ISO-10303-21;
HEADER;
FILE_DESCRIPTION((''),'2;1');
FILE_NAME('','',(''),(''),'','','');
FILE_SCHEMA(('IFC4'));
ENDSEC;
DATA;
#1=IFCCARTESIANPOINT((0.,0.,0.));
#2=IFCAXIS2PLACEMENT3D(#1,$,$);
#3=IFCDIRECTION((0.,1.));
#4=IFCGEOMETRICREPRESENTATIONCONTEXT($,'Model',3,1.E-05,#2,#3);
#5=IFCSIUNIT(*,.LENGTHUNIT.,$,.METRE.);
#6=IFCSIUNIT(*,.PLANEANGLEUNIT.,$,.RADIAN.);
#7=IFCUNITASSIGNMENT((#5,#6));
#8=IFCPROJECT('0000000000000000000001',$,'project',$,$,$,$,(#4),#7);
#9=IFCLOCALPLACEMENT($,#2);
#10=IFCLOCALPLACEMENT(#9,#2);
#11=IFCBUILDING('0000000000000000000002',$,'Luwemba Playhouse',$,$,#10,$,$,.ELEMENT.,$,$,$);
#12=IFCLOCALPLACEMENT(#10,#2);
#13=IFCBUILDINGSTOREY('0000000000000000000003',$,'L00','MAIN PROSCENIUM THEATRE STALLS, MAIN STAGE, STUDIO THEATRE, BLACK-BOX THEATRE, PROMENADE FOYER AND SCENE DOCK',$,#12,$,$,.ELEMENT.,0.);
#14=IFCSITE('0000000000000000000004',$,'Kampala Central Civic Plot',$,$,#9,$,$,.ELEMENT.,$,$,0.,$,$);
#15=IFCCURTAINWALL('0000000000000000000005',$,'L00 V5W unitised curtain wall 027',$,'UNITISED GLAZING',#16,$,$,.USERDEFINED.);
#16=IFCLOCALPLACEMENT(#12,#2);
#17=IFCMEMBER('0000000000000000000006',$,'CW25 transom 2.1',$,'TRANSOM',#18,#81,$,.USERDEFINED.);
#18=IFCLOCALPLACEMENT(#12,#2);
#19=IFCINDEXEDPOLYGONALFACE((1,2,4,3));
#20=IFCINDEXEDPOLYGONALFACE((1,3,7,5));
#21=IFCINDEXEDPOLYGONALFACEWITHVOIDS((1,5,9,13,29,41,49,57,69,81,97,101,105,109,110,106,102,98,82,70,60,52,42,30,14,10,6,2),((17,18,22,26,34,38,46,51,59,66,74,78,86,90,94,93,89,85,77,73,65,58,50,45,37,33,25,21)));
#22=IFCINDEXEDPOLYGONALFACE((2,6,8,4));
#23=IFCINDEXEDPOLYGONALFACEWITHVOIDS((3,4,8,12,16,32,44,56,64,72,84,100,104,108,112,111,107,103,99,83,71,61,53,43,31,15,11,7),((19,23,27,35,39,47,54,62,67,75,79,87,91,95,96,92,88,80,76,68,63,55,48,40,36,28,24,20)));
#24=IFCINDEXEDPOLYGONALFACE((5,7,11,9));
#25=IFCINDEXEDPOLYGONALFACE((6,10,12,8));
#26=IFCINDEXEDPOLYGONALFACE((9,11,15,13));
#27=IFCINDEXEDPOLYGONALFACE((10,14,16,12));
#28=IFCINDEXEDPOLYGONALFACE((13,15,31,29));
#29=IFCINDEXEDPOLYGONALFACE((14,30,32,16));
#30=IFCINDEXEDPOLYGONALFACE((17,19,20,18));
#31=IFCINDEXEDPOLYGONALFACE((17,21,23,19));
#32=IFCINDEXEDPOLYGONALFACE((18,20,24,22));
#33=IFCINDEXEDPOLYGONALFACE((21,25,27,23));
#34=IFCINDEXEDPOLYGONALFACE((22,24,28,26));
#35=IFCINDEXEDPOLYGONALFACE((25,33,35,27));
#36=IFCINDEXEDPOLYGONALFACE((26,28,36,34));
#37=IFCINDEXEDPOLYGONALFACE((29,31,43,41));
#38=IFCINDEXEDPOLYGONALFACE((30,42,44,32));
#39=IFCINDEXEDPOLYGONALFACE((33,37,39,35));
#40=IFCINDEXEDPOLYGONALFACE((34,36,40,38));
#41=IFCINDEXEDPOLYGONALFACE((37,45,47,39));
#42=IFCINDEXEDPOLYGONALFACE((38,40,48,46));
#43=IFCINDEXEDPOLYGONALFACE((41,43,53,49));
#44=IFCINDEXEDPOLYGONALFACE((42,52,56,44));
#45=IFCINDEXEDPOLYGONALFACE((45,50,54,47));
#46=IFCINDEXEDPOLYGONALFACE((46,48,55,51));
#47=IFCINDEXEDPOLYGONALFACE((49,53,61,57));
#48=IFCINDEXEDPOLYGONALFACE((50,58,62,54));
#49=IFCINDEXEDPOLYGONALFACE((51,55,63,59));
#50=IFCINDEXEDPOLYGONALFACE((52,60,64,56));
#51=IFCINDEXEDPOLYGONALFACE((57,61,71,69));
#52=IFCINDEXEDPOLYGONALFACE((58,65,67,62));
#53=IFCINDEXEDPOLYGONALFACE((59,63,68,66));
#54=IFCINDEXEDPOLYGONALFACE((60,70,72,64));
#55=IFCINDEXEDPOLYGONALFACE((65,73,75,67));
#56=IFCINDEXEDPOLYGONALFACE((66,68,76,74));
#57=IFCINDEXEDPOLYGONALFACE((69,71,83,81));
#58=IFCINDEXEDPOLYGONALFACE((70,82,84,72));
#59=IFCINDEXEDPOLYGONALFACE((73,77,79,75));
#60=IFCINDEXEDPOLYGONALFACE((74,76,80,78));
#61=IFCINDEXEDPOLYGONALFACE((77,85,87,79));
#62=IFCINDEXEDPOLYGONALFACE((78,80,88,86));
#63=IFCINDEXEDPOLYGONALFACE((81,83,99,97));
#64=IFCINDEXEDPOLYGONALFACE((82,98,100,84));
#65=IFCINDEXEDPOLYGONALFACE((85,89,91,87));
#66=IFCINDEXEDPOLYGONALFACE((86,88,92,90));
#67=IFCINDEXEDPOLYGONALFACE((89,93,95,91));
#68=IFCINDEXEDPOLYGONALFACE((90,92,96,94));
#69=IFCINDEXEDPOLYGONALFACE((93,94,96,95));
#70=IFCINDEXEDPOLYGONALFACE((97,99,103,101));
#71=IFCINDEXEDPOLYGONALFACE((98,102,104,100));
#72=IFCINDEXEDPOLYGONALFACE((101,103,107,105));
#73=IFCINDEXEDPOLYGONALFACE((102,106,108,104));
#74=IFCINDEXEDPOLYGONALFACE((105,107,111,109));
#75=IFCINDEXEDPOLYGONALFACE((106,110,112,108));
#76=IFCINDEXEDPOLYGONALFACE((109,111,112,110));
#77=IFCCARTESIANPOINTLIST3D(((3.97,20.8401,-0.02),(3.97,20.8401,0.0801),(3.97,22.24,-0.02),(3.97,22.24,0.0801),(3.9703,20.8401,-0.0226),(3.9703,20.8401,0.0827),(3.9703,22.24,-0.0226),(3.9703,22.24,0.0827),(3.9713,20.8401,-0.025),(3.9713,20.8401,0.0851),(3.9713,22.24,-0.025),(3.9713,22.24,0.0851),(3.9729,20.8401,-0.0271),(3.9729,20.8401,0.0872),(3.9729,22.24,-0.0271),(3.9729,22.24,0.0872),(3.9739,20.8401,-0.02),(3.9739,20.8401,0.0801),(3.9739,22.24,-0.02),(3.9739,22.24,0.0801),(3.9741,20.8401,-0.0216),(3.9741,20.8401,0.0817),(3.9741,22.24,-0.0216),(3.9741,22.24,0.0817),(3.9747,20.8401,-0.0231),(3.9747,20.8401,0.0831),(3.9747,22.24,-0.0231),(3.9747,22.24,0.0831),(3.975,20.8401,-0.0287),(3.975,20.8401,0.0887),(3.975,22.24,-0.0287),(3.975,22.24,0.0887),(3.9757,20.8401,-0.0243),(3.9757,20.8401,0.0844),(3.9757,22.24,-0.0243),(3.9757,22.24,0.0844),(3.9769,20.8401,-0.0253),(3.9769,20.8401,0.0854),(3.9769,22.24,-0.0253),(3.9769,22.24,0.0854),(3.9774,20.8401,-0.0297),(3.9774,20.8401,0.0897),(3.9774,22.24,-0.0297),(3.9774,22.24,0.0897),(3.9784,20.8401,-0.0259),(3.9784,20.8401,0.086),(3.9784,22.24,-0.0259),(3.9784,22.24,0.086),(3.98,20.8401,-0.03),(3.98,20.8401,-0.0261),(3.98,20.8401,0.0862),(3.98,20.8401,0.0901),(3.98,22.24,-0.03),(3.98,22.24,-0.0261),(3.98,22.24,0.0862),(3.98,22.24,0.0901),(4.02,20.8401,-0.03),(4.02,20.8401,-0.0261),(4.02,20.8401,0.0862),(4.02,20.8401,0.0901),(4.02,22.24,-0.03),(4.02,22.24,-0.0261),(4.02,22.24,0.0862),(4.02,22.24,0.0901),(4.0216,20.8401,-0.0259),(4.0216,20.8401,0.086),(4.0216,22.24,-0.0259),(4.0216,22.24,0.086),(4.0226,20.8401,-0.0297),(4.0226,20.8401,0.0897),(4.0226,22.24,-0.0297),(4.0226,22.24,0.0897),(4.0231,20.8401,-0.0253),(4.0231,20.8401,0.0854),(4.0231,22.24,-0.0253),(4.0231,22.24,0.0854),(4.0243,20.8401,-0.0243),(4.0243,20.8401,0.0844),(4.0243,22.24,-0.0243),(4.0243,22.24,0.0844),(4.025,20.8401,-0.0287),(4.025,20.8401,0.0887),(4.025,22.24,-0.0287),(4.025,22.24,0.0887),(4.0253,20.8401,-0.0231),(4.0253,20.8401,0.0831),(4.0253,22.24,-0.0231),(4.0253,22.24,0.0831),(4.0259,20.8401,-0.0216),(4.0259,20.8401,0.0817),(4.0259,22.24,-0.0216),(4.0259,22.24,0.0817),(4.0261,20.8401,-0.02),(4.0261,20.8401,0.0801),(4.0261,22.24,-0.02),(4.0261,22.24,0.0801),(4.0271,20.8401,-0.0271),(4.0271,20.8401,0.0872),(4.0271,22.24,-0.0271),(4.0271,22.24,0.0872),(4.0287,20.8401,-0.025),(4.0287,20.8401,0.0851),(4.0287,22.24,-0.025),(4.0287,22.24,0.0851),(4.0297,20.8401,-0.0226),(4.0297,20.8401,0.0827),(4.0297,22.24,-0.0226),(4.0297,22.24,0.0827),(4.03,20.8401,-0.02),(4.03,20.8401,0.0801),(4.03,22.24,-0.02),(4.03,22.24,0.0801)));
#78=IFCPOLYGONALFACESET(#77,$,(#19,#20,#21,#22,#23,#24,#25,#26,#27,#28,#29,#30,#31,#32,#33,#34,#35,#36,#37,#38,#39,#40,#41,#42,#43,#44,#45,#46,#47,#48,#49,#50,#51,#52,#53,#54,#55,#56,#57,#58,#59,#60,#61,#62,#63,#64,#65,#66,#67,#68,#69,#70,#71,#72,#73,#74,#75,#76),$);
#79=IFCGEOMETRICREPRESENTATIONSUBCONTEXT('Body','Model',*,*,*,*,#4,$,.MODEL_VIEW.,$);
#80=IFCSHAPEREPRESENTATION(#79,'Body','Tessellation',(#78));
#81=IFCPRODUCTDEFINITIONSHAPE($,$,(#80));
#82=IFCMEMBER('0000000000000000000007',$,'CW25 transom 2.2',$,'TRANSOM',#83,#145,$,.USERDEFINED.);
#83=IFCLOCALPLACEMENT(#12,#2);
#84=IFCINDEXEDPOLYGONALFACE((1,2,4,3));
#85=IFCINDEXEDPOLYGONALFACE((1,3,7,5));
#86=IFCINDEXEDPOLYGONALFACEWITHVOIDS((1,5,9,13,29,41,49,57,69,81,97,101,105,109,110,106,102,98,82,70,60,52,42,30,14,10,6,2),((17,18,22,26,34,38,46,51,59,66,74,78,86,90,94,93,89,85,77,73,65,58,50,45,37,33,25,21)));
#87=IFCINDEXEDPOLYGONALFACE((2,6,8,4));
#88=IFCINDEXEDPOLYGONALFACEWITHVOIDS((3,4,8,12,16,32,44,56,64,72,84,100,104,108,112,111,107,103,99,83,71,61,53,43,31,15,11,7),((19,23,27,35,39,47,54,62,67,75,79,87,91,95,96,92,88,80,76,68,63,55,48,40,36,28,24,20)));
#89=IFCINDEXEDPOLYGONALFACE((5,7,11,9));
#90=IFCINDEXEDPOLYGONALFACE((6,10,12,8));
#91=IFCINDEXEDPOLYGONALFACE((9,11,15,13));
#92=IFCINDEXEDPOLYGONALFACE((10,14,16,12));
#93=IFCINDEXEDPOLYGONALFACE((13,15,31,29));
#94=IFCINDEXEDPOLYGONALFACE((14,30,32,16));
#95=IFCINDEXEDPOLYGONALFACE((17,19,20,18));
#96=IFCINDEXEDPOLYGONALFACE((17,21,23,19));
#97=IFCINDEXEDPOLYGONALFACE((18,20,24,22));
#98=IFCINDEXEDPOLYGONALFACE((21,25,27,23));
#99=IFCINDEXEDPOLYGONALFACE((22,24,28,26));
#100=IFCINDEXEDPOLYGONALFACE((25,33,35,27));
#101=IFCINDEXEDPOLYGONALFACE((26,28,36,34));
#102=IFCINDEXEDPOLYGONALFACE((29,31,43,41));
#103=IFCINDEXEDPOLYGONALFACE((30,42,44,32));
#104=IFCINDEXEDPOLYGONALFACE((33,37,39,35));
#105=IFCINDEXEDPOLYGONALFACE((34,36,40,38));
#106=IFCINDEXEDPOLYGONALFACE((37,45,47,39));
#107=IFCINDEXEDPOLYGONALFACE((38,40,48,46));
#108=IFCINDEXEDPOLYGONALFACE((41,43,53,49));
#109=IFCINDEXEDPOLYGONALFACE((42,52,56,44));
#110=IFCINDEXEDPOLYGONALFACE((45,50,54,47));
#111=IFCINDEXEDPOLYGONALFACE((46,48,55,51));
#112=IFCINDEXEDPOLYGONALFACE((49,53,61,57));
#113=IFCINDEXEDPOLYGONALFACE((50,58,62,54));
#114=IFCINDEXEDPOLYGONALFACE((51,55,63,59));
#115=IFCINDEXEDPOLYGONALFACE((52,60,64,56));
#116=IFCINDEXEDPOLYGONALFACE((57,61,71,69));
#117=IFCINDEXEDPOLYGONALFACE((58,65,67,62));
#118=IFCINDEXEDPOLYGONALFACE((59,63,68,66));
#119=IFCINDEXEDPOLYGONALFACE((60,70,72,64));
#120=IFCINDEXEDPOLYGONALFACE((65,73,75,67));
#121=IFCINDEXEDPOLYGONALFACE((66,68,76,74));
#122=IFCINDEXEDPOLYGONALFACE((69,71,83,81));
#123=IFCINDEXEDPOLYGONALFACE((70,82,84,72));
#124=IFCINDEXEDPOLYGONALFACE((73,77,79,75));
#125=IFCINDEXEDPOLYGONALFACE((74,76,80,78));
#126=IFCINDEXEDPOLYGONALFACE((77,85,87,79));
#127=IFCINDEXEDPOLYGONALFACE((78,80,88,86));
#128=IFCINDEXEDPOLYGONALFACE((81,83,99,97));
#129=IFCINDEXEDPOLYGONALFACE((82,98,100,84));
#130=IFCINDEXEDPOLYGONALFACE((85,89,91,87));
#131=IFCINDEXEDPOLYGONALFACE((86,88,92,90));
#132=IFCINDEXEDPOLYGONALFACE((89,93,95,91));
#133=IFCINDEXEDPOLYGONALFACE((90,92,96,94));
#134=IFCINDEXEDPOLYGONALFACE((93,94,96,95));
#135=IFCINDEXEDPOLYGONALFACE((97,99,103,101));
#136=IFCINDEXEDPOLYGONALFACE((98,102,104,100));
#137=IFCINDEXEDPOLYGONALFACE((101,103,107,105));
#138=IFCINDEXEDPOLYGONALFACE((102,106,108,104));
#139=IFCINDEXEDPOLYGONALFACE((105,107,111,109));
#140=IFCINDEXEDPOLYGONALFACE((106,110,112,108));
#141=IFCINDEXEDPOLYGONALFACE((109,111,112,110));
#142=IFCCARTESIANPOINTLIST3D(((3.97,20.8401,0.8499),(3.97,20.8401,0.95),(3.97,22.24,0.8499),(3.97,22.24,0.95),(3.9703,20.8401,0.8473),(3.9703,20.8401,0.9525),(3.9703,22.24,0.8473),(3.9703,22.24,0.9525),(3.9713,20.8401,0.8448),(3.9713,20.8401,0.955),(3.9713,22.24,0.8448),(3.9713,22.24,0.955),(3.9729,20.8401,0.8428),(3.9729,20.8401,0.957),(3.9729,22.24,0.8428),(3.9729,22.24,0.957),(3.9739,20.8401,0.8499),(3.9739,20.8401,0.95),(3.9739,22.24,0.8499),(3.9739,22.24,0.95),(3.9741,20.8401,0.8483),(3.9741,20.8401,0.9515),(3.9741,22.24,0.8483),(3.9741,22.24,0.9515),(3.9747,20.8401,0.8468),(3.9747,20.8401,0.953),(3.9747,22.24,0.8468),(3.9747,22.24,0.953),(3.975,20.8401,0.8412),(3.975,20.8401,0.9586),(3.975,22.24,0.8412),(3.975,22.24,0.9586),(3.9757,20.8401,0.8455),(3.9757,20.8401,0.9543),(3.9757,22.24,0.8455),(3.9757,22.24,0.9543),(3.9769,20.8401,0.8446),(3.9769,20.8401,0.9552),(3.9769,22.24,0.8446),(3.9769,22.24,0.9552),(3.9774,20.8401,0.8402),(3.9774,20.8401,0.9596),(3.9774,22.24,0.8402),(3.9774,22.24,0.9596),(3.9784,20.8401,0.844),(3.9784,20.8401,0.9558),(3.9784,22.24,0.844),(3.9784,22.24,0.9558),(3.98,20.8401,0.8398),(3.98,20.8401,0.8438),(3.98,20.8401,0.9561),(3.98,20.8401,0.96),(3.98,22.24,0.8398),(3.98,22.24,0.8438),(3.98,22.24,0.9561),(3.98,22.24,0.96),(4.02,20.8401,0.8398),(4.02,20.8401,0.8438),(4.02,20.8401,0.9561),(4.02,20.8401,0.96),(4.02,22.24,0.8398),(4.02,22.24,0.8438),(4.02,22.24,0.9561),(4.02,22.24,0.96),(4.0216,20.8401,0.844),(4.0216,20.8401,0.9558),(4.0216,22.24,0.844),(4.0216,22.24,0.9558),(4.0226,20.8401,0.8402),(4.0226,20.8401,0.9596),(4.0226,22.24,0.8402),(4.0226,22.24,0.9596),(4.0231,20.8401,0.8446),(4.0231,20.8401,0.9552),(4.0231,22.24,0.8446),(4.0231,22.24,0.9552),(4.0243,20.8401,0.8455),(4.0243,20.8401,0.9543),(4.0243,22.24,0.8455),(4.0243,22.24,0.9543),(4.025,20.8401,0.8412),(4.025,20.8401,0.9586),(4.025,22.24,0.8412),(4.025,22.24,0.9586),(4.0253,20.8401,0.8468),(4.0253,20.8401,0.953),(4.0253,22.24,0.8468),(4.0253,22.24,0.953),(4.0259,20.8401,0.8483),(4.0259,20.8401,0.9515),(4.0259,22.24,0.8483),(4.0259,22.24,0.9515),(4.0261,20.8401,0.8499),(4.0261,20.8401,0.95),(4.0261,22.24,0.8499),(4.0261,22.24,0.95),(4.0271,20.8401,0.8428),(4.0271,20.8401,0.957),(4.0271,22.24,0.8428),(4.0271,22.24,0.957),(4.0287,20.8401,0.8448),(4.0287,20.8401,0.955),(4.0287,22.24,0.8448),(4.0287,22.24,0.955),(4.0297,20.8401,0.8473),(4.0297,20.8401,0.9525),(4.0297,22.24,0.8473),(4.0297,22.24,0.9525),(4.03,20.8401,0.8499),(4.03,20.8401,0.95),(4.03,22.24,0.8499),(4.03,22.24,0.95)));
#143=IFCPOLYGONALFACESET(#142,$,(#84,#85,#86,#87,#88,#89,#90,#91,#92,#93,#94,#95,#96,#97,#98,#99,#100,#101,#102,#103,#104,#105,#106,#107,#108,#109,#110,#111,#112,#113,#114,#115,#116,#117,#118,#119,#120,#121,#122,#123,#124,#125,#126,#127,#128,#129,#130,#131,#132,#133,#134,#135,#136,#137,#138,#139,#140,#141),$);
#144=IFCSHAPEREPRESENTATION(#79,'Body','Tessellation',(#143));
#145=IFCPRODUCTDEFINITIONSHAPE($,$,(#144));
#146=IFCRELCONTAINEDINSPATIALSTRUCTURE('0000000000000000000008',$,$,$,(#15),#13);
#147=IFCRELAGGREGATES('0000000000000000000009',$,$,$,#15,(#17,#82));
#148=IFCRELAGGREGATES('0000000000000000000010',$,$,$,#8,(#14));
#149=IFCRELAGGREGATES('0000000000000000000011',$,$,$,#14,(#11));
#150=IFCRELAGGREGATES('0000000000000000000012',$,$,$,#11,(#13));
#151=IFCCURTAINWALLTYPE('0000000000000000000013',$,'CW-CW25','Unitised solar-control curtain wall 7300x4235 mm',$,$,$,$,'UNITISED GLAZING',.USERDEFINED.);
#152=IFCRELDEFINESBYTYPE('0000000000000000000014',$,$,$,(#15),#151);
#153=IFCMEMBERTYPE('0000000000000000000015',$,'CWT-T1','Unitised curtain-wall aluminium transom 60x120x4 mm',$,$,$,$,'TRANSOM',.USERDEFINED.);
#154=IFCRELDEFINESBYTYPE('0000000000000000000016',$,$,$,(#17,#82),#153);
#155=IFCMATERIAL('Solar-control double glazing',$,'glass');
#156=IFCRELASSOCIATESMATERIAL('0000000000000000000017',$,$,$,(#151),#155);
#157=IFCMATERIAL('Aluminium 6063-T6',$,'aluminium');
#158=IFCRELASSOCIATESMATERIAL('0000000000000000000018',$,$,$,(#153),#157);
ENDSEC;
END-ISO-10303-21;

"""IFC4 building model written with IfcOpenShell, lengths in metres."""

from ifc_helpers import new_model, si_unit, direction, frame, origin, origin_2d, place, context, subcontext, project, spatial, hollow_rectangle, extrude, material, material_profile, profile_set, type_object, element, aggregate, save


model = new_model("IFC4")

# Units and contexts
model_context = context("Model", 3, precision=1e-05, world=origin(), true_north=direction((0.0, 1.0)))
body_context = subcontext(model_context, "Body", "Model", "MODEL_VIEW")
ifc_project = project(units=[si_unit("LENGTHUNIT", "METRE"), si_unit("PLANEANGLEUNIT", "RADIAN")], contexts=[model_context])

# Site, building, storey
site_placement = place(None, origin())
site = spatial("IfcSite", under=ifc_project, at=site_placement, Name="Kampala Central Civic Plot", CompositionType="ELEMENT", RefElevation=0.0)
building_placement = place(site_placement, origin())
building = spatial("IfcBuilding", under=site, at=building_placement, Name="Luwemba Playhouse", CompositionType="ELEMENT")
storey_placement = place(building_placement, origin())
storey = spatial("IfcBuildingStorey", under=building, at=storey_placement, Name="L00", Description="MAIN PROSCENIUM THEATRE STALLS, MAIN STAGE, STUDIO THEATRE, BLACK-BOX THEATRE, PROMENADE FOYER AND SCENE DOCK", CompositionType="ELEMENT", Elevation=0.0)

# Curtain wall, members
ifc_material_1 = material(Name="Solar-control double glazing", Category="glass")
curtain_wall_type = type_object("IfcCurtainWallType", Name="CW-CW25", Description="Unitised solar-control curtain wall 7300x4235 mm", ElementType="UNITISED GLAZING", PredefinedType="USERDEFINED", material=ifc_material_1)
curtain_wall_placement = place(storey_placement, origin())
curtain_wall = element("IfcCurtainWall", 1, at=curtain_wall_placement, inside=storey, type_object=curtain_wall_type, Name="L00 V5W unitised curtain wall 027", ObjectType="UNITISED GLAZING", PredefinedType="USERDEFINED")
ifc_material_2 = material(Name="Aluminium 6063-T6", Category="aluminium")
ifc_material_profile_1 = material_profile(ifc_material_2, hollow_rectangle(XDim=0.0601, YDim=0.1201, WallThickness=0.0039, InnerFilletRadius=0.0061, OuterFilletRadius=0.01, at=origin_2d()))
ifc_profile_set_1 = profile_set([ifc_material_profile_1], Name="Aluminium 6063-T6")
member_type_1 = type_object("IfcMemberType", Name="CWT-T1", Description="Unitised curtain-wall aluminium transom 60x120x4 mm", ElementType="TRANSOM", PredefinedType="USERDEFINED", material=ifc_profile_set_1)
member_1_placement = place(storey_placement, frame((4.0, 20.8401, 0.03), z_axis=(0.0, 1.0, 0.0), x_axis=(-1.0, 0.0, 0.0)))
member_1 = element("IfcMember", 2, at=member_1_placement, type_object=member_type_1, Name="CW25 transom 2.1", ObjectType="TRANSOM", PredefinedType="USERDEFINED", context=body_context, shape_type="SweptSolid", body=[
    extrude(hollow_rectangle(XDim=0.0601, YDim=0.1201, WallThickness=0.0039, InnerFilletRadius=0.0061, OuterFilletRadius=0.01, at=origin_2d()), origin(), (0.0, 0.0, 1.0), 1.3999),
])
member_2_placement = place(storey_placement, frame((4.0, 20.8401, 0.8999), z_axis=(0.0, 1.0, 0.0), x_axis=(-1.0, 0.0, 0.0)))
member_2 = element("IfcMember", 3, at=member_2_placement, type_object=member_type_1, Name="CW25 transom 2.2", ObjectType="TRANSOM", PredefinedType="USERDEFINED", context=body_context, shape_type="SweptSolid", body=[
    extrude(hollow_rectangle(XDim=0.0601, YDim=0.1201, WallThickness=0.0039, InnerFilletRadius=0.0061, OuterFilletRadius=0.01, at=origin_2d()), origin(), (0.0, 0.0, 1.0), 1.3999),
])
aggregate(curtain_wall, [member_1, member_2])

save(model, "model.ifc")
